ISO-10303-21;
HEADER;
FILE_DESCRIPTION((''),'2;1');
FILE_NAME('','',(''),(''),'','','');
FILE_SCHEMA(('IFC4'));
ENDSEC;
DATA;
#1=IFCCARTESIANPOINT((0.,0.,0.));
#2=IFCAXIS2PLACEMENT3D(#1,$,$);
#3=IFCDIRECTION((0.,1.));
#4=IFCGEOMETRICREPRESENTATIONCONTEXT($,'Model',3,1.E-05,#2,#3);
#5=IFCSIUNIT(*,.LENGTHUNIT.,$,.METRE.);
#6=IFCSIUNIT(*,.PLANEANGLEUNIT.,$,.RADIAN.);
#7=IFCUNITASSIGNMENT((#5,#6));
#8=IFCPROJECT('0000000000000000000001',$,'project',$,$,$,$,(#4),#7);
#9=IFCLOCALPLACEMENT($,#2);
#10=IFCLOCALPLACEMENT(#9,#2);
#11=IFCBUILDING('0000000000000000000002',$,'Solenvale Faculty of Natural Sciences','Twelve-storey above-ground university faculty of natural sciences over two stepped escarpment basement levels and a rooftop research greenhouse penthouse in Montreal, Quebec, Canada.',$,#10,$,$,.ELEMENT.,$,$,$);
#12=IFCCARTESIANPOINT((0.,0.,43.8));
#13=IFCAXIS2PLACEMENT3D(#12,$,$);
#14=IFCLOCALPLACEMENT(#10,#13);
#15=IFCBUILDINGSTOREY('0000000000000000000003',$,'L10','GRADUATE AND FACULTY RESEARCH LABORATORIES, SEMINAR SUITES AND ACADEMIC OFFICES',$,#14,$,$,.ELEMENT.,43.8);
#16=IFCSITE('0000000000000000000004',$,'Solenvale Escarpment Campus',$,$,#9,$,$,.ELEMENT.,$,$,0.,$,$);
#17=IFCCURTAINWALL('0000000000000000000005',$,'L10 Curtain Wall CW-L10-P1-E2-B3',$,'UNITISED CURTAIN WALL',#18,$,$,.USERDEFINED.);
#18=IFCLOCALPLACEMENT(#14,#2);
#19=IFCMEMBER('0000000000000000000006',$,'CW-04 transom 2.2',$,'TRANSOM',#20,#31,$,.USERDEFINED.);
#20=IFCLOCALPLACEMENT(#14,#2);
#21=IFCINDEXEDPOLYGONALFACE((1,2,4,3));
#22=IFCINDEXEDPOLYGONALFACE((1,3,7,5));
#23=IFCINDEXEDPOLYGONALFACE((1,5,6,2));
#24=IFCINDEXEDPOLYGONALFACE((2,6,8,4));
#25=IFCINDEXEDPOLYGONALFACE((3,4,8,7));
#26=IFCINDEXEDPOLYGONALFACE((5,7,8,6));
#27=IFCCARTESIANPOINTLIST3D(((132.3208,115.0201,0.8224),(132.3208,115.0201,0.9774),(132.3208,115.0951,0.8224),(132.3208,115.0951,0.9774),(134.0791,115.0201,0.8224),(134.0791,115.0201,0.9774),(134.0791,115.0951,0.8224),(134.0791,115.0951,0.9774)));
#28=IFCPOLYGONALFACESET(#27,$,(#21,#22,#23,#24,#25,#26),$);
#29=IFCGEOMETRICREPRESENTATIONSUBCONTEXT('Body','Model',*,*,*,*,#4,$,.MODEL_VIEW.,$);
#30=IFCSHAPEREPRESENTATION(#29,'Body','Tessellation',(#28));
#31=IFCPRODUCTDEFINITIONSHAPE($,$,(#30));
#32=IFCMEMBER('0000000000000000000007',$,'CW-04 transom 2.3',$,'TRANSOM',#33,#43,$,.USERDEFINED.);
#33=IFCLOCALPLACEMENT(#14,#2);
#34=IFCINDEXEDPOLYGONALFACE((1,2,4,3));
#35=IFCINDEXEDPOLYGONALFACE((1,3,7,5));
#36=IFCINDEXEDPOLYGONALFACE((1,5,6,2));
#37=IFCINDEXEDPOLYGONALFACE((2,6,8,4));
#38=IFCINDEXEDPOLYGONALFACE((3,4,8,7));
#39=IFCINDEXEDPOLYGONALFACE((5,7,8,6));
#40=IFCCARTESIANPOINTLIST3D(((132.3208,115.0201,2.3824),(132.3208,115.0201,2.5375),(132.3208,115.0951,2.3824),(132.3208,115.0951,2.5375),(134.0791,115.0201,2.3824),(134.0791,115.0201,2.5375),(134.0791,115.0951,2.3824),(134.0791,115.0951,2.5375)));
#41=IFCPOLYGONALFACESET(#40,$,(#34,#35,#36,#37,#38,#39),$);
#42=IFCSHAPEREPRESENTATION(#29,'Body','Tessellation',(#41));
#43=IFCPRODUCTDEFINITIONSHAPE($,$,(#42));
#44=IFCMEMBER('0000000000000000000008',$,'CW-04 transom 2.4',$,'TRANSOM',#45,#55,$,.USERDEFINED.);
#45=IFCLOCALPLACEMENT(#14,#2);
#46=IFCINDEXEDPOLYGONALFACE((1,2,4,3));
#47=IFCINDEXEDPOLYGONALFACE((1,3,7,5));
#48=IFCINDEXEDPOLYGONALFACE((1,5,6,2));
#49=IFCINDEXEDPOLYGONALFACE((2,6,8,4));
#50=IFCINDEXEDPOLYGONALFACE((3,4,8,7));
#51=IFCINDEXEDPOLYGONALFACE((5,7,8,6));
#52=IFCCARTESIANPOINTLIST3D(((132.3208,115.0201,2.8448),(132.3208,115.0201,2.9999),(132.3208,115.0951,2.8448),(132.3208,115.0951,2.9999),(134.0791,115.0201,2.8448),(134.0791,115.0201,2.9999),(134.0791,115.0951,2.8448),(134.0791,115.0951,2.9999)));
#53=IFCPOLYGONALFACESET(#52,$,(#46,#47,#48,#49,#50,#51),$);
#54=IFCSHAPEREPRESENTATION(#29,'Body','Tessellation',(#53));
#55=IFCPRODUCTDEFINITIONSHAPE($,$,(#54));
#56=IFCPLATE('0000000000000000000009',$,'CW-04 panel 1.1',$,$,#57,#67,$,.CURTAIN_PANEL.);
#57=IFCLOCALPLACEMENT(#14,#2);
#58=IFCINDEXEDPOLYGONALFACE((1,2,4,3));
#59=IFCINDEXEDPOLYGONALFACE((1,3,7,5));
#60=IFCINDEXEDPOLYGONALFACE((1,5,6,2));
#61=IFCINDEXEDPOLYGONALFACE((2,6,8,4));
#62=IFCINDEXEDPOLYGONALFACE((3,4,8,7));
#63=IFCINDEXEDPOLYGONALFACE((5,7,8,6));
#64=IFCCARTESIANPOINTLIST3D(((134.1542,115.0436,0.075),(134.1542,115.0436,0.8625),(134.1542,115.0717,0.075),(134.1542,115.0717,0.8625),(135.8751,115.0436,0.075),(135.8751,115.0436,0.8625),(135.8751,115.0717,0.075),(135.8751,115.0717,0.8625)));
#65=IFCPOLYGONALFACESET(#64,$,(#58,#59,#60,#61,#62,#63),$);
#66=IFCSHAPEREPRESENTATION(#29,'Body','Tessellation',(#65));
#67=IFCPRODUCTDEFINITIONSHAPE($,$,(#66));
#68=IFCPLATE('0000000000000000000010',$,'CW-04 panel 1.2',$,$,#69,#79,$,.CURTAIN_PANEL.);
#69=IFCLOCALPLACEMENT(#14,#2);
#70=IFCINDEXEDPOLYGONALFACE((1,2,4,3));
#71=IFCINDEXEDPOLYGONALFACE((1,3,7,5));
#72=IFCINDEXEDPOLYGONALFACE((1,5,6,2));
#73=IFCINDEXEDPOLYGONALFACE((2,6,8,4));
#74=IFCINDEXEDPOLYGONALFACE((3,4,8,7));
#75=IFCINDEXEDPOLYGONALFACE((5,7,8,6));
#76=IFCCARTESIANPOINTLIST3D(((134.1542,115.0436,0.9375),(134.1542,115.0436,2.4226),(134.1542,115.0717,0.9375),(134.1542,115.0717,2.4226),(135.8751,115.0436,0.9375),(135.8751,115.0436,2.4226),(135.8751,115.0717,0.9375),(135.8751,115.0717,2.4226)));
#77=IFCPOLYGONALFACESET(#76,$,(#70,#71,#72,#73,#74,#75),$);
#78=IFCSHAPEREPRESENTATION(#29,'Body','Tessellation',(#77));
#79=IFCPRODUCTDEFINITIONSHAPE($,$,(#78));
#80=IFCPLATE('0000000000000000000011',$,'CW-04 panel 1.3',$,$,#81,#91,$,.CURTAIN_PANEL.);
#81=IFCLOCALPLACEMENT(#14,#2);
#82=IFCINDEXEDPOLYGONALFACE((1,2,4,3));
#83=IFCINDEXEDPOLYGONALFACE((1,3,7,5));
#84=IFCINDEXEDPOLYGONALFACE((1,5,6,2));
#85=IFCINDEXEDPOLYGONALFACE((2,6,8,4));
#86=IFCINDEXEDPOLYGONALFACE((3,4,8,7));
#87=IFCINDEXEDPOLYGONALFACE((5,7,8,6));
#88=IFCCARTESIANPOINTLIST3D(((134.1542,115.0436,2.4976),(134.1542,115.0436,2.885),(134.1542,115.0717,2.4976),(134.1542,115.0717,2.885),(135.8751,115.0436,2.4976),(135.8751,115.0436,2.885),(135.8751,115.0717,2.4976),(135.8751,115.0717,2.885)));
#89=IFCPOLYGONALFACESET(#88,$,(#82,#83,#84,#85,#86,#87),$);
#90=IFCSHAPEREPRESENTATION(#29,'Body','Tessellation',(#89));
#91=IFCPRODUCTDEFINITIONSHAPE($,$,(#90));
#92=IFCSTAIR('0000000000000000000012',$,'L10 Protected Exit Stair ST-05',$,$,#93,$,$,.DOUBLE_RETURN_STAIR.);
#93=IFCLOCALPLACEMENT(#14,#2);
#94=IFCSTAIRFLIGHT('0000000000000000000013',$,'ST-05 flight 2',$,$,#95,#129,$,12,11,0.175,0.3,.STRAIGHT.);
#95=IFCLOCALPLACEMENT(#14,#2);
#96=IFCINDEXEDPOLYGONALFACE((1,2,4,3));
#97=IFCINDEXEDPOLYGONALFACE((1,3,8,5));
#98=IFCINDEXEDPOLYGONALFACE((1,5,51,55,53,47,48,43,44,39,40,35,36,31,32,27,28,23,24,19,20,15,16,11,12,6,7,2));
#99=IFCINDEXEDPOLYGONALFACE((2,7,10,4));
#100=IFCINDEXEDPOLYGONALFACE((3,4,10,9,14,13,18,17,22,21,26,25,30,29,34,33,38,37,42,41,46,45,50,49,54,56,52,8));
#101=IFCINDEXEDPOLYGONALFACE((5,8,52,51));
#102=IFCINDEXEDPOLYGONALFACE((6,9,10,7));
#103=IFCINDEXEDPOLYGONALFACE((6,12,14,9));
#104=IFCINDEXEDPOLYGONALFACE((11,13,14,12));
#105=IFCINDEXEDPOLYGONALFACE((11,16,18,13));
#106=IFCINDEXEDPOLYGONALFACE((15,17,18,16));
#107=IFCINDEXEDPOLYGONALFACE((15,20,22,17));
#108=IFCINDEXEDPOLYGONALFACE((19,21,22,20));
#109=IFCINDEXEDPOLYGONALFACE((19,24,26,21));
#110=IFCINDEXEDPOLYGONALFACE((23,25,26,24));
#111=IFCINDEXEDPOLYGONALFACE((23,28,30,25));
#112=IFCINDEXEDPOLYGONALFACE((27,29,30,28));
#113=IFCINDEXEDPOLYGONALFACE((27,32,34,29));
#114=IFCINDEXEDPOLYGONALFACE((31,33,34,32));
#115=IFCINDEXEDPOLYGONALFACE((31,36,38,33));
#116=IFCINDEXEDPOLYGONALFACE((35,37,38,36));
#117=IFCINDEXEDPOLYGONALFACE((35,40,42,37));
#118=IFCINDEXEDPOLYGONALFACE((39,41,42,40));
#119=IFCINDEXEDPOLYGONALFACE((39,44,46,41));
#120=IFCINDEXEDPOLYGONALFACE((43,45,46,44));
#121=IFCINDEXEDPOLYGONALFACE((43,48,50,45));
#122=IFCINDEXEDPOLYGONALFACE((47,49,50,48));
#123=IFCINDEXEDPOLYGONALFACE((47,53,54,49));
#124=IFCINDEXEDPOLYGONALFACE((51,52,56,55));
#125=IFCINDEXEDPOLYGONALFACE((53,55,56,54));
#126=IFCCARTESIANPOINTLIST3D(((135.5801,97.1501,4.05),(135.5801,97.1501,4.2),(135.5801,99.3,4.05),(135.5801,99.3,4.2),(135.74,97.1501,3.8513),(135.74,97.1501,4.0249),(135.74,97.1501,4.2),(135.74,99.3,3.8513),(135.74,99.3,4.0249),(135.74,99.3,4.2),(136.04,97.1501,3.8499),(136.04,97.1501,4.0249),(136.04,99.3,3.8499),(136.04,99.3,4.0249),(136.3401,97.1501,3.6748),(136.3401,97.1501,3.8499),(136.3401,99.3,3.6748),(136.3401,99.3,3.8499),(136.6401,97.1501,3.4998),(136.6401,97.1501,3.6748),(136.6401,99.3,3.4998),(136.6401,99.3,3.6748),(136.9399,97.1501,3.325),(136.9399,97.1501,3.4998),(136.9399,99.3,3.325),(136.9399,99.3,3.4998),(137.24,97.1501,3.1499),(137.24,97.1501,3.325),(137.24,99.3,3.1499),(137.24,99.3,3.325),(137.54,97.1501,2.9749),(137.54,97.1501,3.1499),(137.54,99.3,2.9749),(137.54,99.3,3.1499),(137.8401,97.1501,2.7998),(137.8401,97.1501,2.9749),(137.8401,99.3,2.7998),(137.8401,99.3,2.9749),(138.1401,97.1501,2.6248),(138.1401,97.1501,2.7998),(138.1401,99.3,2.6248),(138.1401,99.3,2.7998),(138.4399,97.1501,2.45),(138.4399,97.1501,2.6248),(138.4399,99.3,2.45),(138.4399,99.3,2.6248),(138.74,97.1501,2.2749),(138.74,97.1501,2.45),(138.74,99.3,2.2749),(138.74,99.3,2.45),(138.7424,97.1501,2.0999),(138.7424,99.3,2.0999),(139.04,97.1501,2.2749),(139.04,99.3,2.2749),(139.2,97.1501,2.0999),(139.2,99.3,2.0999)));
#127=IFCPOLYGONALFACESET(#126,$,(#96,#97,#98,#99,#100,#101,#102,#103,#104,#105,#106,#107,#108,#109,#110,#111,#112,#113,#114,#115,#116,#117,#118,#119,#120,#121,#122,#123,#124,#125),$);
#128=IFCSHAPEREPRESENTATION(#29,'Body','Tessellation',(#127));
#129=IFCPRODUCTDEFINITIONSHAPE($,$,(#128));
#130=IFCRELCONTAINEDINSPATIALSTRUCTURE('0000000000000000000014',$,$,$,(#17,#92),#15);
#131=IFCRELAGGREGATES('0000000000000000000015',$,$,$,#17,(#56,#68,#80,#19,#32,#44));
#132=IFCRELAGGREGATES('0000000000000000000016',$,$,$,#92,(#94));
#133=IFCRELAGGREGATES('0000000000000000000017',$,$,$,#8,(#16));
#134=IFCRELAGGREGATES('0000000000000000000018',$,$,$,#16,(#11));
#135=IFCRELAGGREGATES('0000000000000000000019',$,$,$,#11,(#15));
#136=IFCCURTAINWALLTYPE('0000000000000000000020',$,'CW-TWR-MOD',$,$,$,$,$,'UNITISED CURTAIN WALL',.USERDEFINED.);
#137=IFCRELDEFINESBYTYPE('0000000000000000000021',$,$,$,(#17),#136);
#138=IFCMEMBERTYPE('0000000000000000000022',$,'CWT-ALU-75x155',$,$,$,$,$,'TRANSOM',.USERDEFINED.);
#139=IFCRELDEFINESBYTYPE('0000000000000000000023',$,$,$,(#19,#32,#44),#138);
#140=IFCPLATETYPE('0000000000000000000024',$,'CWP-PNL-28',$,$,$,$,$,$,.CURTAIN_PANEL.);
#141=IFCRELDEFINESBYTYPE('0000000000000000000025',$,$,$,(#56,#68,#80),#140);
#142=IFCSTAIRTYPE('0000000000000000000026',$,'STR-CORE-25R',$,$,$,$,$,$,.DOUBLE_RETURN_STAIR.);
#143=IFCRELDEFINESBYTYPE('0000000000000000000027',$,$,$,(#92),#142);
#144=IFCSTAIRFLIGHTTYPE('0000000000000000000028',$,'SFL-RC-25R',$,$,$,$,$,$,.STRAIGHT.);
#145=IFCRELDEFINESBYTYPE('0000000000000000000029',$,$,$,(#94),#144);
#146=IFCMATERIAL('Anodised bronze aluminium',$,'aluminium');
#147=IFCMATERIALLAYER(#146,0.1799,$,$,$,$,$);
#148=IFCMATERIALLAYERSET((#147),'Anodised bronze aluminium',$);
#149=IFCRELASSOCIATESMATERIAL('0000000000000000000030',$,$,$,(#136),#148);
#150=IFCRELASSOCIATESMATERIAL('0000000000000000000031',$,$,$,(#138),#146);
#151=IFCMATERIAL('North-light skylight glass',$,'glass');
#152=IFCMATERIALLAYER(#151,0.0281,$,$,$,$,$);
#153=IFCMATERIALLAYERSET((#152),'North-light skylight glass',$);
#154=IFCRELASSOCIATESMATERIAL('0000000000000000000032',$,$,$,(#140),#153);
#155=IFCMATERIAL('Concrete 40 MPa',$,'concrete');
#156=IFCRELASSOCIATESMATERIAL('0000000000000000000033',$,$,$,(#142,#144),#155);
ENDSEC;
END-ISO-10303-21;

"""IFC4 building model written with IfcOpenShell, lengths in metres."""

from ifc_helpers import new_model, si_unit, direction, frame, origin, origin_2d, place, context, subcontext, project, spatial, polyline, rectangle, outline, extrude, material, layer, layer_set, material_profile, profile_set, type_object, element, aggregate, save


model = new_model("IFC4")

# Units and contexts
model_context = context("Model", 3, precision=1e-05, world=origin(), true_north=direction((0.0, 1.0)))
body_context = subcontext(model_context, "Body", "Model", "MODEL_VIEW")
ifc_project = project(units=[si_unit("LENGTHUNIT", "METRE"), si_unit("PLANEANGLEUNIT", "RADIAN")], contexts=[model_context])

# Site, building, storey
site_placement = place(None, origin())
site = spatial("IfcSite", under=ifc_project, at=site_placement, Name="Solenvale Escarpment Campus", CompositionType="ELEMENT", RefElevation=0.0)
building_placement = place(site_placement, origin())
building = spatial("IfcBuilding", under=site, at=building_placement, Name="Solenvale Faculty of Natural Sciences", Description="Twelve-storey above-ground university faculty of natural sciences over two stepped escarpment basement levels and a rooftop research greenhouse penthouse in Montreal, Quebec, Canada.", CompositionType="ELEMENT")
storey_placement = place(building_placement, frame((0.0, 0.0, 43.8)))
storey = spatial("IfcBuildingStorey", under=building, at=storey_placement, Name="L10", Description="GRADUATE AND FACULTY RESEARCH LABORATORIES, SEMINAR SUITES AND ACADEMIC OFFICES", CompositionType="ELEMENT", Elevation=43.8)

# Shared definitions
ifc_material_1 = material(Name="Concrete 40 MPa", Category="concrete")

# Curtain wall, members, plates
ifc_material_2 = material(Name="Anodised bronze aluminium", Category="aluminium")
ifc_layer_1 = layer(ifc_material_2, 0.1799)
ifc_layer_set_1 = layer_set([ifc_layer_1], Name="Anodised bronze aluminium")
curtain_wall_type = type_object("IfcCurtainWallType", Name="CW-TWR-MOD", ElementType="UNITISED CURTAIN WALL", PredefinedType="USERDEFINED", material=ifc_layer_set_1)
curtain_wall_placement = place(storey_placement, origin())
curtain_wall = element("IfcCurtainWall", 1, at=curtain_wall_placement, inside=storey, type_object=curtain_wall_type, Name="L10 Curtain Wall CW-L10-P1-E2-B3", ObjectType="UNITISED CURTAIN WALL", PredefinedType="USERDEFINED")
ifc_material_profile_1 = material_profile(ifc_material_2, rectangle(XDim=0.075, YDim=0.155, at=origin_2d()), Name="ALU-TRN-75x155")
ifc_profile_set_1 = profile_set([ifc_material_profile_1], Name="Anodised bronze aluminium")
member_type_1 = type_object("IfcMemberType", Name="CWT-ALU-75x155", ElementType="TRANSOM", PredefinedType="USERDEFINED", material=ifc_profile_set_1)
member_1_placement = place(storey_placement, frame((134.0791, 115.0576, 0.8999), z_axis=(-1.0, 0.0, 0.0), x_axis=(0.0, -1.0, 0.0)))
member_1 = element("IfcMember", 2, at=member_1_placement, type_object=member_type_1, Name="CW-04 transom 2.2", ObjectType="TRANSOM", PredefinedType="USERDEFINED", context=body_context, shape_type="SweptSolid", body=[
    extrude(rectangle(XDim=0.075, YDim=0.155, at=origin_2d()), origin(), (0.0, 0.0, 1.0), 1.7583),
])
member_2_placement = place(storey_placement, frame((134.0791, 115.0576, 2.46), z_axis=(-1.0, 0.0, 0.0), x_axis=(0.0, -1.0, 0.0)))
member_2 = element("IfcMember", 3, at=member_2_placement, type_object=member_type_1, Name="CW-04 transom 2.3", ObjectType="TRANSOM", PredefinedType="USERDEFINED", context=body_context, shape_type="SweptSolid", body=[
    extrude(rectangle(XDim=0.075, YDim=0.155, at=origin_2d()), origin(), (0.0, 0.0, 1.0), 1.7583),
])
member_3_placement = place(storey_placement, frame((134.0791, 115.0576, 2.9224), z_axis=(-1.0, 0.0, 0.0), x_axis=(0.0, -1.0, 0.0)))
member_3 = element("IfcMember", 4, at=member_3_placement, type_object=member_type_1, Name="CW-04 transom 2.4", ObjectType="TRANSOM", PredefinedType="USERDEFINED", context=body_context, shape_type="SweptSolid", body=[
    extrude(rectangle(XDim=0.075, YDim=0.155, at=origin_2d()), origin(), (0.0, 0.0, 1.0), 1.7583),
])
ifc_material_3 = material(Name="North-light skylight glass", Category="glass")
ifc_layer_2 = layer(ifc_material_3, 0.0281)
ifc_layer_set_2 = layer_set([ifc_layer_2], Name="North-light skylight glass")
plate_type = type_object("IfcPlateType", Name="CWP-PNL-28", PredefinedType="CURTAIN_PANEL", material=ifc_layer_set_2)
plate_1_placement = place(storey_placement, frame((135.0146, 115.0576, 0.075), z_axis=(0.0, 0.0, 1.0), x_axis=(-1.0, 0.0, 0.0)))
plate_1 = element("IfcPlate", 5, at=plate_1_placement, type_object=plate_type, Name="CW-04 panel 1.1", PredefinedType="CURTAIN_PANEL", context=body_context, shape_type="SweptSolid", body=[
    extrude(rectangle(XDim=1.7209, YDim=0.0281, at=origin_2d()), origin(), (0.0, 0.0, 1.0), 0.7876),
])
plate_2_placement = place(storey_placement, frame((135.0146, 115.0576, 0.9375), z_axis=(0.0, 0.0, 1.0), x_axis=(-1.0, 0.0, 0.0)))
plate_2 = element("IfcPlate", 6, at=plate_2_placement, type_object=plate_type, Name="CW-04 panel 1.2", PredefinedType="CURTAIN_PANEL", context=body_context, shape_type="SweptSolid", body=[
    extrude(rectangle(XDim=1.7209, YDim=0.0281, at=origin_2d()), origin(), (0.0, 0.0, 1.0), 1.4851),
])
plate_3_placement = place(storey_placement, frame((135.0146, 115.0576, 2.4976), z_axis=(0.0, 0.0, 1.0), x_axis=(-1.0, 0.0, 0.0)))
plate_3 = element("IfcPlate", 7, at=plate_3_placement, type_object=plate_type, Name="CW-04 panel 1.3", PredefinedType="CURTAIN_PANEL", context=body_context, shape_type="SweptSolid", body=[
    extrude(rectangle(XDim=1.7209, YDim=0.0281, at=origin_2d()), origin(), (0.0, 0.0, 1.0), 0.3875),
])
aggregate(curtain_wall, [plate_1, plate_2, plate_3, member_1, member_2, member_3])

# Stair, stair flight
stair_type = type_object("IfcStairType", Name="STR-CORE-25R", PredefinedType="DOUBLE_RETURN_STAIR", material=ifc_material_1)
stair_placement = place(storey_placement, origin())
stair = element("IfcStair", 8, at=stair_placement, inside=storey, type_object=stair_type, Name="L10 Protected Exit Stair ST-05", PredefinedType="DOUBLE_RETURN_STAIR")
stair_flight_type = type_object("IfcStairFlightType", Name="SFL-RC-25R", PredefinedType="STRAIGHT", material=ifc_material_1)
stair_flight_placement = place(storey_placement, frame((139.04, 98.2251, 2.0999), z_axis=(0.0, 0.0, 1.0), x_axis=(-1.0, 0.0, 0.0)))
stair_flight = element("IfcStairFlight", 9, at=stair_flight_placement, type_object=stair_flight_type, Name="ST-05 flight 2", NumberOfRisers=12, NumberOfTreads=11, PredefinedType="STRAIGHT", RiserHeight=0.175, TreadLength=0.3, context=body_context, shape_type="SweptSolid", body=[
    extrude(outline(polyline([(-0.1599, 0.0), (0.0, 0.175), (0.3, 0.175), (0.3, 0.3501), (0.6001, 0.3501), (0.6001, 0.5249), (0.8999, 0.5249), (0.8999, 0.7), (1.2, 0.7), (1.2, 0.875), (1.5, 0.875), (1.5, 1.05), (1.8, 1.05), (1.8, 1.2251), (2.1001, 1.2251), (2.1001, 1.3999), (2.3999, 1.3999), (2.3999, 1.575), (2.7, 1.575), (2.7, 1.75), (3.0, 1.75), (3.0, 1.925), (3.3, 1.925), (3.3, 2.1001), (3.46, 2.1001), (3.46, 1.9502), (3.3, 1.7515), (0.2976, 0.0), (-0.1599, 0.0)])), frame((0.0, 1.075, 0.0), z_axis=(0.0, -1.0, 0.0), x_axis=(1.0, 0.0, 0.0)), (0.0, 0.0, 1.0), 2.1499),
])
aggregate(stair, [stair_flight])

save(model, "model.ifc")
